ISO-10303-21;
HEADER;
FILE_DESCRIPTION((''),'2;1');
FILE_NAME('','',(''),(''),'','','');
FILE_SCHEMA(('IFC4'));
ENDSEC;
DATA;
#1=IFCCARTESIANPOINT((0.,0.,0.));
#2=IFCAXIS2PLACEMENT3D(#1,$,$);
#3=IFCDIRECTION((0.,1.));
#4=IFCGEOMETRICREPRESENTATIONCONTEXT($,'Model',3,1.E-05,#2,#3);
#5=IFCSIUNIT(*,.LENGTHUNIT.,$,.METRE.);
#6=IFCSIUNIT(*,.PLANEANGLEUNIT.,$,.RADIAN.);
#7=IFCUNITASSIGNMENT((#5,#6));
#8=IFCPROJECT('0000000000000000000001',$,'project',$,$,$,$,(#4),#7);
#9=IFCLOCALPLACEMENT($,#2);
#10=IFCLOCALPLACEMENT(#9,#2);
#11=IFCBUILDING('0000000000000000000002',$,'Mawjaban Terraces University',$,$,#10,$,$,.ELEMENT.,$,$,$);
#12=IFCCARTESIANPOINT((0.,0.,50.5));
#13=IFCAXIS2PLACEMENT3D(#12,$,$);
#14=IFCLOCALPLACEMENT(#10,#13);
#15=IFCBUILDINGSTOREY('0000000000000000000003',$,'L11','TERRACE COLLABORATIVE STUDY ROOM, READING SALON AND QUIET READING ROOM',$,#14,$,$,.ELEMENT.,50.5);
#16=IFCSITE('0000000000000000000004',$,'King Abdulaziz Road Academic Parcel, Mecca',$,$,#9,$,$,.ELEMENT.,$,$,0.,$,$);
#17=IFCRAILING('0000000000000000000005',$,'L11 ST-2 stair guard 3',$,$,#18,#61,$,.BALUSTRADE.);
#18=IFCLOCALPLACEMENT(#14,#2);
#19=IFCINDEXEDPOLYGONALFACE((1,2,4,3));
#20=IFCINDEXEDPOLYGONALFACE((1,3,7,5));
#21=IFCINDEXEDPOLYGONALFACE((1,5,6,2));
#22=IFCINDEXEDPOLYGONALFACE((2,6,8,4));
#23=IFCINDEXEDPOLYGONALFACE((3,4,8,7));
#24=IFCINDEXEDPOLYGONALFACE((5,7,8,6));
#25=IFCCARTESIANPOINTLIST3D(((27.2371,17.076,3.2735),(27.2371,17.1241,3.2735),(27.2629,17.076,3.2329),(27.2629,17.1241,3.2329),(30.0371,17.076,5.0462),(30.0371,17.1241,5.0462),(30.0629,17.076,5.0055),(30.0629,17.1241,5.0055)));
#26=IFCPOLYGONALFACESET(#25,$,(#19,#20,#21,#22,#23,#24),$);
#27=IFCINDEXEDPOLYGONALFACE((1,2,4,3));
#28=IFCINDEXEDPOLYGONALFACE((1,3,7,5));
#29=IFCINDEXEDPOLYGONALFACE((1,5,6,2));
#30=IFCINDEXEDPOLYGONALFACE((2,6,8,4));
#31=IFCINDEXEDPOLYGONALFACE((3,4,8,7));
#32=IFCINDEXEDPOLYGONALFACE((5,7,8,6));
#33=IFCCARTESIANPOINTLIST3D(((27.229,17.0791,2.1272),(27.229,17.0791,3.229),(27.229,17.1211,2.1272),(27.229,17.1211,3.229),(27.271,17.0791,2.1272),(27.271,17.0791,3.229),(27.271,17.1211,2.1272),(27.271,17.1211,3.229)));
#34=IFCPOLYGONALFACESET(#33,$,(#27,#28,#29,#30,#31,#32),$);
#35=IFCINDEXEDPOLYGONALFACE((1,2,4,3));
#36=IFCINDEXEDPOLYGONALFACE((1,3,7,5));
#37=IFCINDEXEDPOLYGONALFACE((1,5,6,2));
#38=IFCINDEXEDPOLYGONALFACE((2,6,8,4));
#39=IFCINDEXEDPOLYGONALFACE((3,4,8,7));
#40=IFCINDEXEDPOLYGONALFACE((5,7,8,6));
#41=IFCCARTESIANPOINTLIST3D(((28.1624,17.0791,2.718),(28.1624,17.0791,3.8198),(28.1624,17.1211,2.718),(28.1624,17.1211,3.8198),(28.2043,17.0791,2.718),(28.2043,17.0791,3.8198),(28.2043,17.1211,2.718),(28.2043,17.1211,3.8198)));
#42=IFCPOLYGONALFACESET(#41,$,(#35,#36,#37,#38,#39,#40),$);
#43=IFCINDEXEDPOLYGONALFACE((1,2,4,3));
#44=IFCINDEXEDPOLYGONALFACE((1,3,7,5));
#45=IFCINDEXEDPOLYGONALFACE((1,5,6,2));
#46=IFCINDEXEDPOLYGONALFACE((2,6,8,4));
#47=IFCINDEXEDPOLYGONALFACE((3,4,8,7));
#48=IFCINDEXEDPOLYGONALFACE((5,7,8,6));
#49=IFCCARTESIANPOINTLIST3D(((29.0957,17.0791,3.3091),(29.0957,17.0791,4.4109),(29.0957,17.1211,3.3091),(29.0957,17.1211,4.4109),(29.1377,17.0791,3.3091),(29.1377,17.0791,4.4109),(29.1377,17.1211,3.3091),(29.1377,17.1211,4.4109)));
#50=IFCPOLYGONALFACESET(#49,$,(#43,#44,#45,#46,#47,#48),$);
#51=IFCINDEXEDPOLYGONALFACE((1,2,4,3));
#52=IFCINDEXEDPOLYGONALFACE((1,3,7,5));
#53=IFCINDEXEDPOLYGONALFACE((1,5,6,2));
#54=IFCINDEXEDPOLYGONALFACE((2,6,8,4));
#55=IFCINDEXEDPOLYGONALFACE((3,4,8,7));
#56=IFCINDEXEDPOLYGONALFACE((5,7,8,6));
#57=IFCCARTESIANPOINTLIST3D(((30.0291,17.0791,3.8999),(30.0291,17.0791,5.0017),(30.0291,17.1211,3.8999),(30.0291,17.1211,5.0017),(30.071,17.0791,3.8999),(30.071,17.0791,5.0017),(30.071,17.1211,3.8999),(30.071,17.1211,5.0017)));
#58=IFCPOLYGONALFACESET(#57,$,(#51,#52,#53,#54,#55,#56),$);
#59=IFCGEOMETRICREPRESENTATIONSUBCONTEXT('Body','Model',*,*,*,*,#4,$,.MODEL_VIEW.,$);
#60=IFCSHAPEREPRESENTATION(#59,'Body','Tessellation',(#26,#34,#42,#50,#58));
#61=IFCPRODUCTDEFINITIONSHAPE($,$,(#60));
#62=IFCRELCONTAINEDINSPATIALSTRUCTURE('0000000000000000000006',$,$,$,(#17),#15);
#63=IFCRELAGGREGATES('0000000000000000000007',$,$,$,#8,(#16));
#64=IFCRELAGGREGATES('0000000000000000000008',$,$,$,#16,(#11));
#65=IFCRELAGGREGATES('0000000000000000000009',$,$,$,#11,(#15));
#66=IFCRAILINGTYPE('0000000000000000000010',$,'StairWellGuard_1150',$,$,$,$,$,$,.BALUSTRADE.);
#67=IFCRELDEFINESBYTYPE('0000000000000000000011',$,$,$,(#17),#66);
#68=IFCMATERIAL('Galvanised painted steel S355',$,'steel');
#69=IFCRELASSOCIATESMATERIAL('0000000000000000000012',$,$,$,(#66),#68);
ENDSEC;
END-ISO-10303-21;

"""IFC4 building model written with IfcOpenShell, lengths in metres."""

from ifc_helpers import new_model, si_unit, direction, frame, origin, origin_2d, place, context, subcontext, project, spatial, rectangle, extrude, material, type_object, element, save


model = new_model("IFC4")

# Units and contexts
model_context = context("Model", 3, precision=1e-05, world=origin(), true_north=direction((0.0, 1.0)))
body_context = subcontext(model_context, "Body", "Model", "MODEL_VIEW")
ifc_project = project(units=[si_unit("LENGTHUNIT", "METRE"), si_unit("PLANEANGLEUNIT", "RADIAN")], contexts=[model_context])

# Site, building, storey
site_placement = place(None, origin())
site = spatial("IfcSite", under=ifc_project, at=site_placement, Name="King Abdulaziz Road Academic Parcel, Mecca", CompositionType="ELEMENT", RefElevation=0.0)
building_placement = place(site_placement, origin())
building = spatial("IfcBuilding", under=site, at=building_placement, Name="Mawjaban Terraces University", CompositionType="ELEMENT")
storey_placement = place(building_placement, frame((0.0, 0.0, 50.5)))
storey = spatial("IfcBuildingStorey", under=building, at=storey_placement, Name="L11", Description="TERRACE COLLABORATIVE STUDY ROOM, READING SALON AND QUIET READING ROOM", CompositionType="ELEMENT", Elevation=50.5)

# Railing
ifc_material_1 = material(Name="Galvanised painted steel S355", Category="steel")
railing_type_1 = type_object("IfcRailingType", Name="StairWellGuard_1150", PredefinedType="BALUSTRADE", material=ifc_material_1)
railing_1_placement = place(storey_placement, frame((27.25, 17.1001, 2.1272)))
element("IfcRailing", 1, at=railing_1_placement, inside=storey, type_object=railing_type_1, Name="L11 ST-2 stair guard 3", PredefinedType="BALUSTRADE", context=body_context, shape_type="SweptSolid", body=[
    extrude(rectangle(XDim=0.0481, YDim=0.0481, at=origin_2d()), frame((0.0, 0.0, 1.126), z_axis=(0.844909, 0.0, 0.53491), x_axis=(0.0, 1.0, 0.0)), (0.0, 0.0, 1.0), 3.314),
    extrude(rectangle(XDim=0.042, YDim=0.042, at=origin_2d()), origin(), (0.0, 0.0, 1.0), 1.1018),
    extrude(rectangle(XDim=0.042, YDim=0.042, at=origin_2d()), frame((0.9333, 0.0, 0.5908)), (0.0, 0.0, 1.0), 1.1018),
    extrude(rectangle(XDim=0.042, YDim=0.042, at=origin_2d()), frame((1.8667, 0.0, 1.1819)), (0.0, 0.0, 1.0), 1.1018),
    extrude(rectangle(XDim=0.042, YDim=0.042, at=origin_2d()), frame((2.8, 0.0, 1.7727)), (0.0, 0.0, 1.0), 1.1018),
])

save(model, "model.ifc")
